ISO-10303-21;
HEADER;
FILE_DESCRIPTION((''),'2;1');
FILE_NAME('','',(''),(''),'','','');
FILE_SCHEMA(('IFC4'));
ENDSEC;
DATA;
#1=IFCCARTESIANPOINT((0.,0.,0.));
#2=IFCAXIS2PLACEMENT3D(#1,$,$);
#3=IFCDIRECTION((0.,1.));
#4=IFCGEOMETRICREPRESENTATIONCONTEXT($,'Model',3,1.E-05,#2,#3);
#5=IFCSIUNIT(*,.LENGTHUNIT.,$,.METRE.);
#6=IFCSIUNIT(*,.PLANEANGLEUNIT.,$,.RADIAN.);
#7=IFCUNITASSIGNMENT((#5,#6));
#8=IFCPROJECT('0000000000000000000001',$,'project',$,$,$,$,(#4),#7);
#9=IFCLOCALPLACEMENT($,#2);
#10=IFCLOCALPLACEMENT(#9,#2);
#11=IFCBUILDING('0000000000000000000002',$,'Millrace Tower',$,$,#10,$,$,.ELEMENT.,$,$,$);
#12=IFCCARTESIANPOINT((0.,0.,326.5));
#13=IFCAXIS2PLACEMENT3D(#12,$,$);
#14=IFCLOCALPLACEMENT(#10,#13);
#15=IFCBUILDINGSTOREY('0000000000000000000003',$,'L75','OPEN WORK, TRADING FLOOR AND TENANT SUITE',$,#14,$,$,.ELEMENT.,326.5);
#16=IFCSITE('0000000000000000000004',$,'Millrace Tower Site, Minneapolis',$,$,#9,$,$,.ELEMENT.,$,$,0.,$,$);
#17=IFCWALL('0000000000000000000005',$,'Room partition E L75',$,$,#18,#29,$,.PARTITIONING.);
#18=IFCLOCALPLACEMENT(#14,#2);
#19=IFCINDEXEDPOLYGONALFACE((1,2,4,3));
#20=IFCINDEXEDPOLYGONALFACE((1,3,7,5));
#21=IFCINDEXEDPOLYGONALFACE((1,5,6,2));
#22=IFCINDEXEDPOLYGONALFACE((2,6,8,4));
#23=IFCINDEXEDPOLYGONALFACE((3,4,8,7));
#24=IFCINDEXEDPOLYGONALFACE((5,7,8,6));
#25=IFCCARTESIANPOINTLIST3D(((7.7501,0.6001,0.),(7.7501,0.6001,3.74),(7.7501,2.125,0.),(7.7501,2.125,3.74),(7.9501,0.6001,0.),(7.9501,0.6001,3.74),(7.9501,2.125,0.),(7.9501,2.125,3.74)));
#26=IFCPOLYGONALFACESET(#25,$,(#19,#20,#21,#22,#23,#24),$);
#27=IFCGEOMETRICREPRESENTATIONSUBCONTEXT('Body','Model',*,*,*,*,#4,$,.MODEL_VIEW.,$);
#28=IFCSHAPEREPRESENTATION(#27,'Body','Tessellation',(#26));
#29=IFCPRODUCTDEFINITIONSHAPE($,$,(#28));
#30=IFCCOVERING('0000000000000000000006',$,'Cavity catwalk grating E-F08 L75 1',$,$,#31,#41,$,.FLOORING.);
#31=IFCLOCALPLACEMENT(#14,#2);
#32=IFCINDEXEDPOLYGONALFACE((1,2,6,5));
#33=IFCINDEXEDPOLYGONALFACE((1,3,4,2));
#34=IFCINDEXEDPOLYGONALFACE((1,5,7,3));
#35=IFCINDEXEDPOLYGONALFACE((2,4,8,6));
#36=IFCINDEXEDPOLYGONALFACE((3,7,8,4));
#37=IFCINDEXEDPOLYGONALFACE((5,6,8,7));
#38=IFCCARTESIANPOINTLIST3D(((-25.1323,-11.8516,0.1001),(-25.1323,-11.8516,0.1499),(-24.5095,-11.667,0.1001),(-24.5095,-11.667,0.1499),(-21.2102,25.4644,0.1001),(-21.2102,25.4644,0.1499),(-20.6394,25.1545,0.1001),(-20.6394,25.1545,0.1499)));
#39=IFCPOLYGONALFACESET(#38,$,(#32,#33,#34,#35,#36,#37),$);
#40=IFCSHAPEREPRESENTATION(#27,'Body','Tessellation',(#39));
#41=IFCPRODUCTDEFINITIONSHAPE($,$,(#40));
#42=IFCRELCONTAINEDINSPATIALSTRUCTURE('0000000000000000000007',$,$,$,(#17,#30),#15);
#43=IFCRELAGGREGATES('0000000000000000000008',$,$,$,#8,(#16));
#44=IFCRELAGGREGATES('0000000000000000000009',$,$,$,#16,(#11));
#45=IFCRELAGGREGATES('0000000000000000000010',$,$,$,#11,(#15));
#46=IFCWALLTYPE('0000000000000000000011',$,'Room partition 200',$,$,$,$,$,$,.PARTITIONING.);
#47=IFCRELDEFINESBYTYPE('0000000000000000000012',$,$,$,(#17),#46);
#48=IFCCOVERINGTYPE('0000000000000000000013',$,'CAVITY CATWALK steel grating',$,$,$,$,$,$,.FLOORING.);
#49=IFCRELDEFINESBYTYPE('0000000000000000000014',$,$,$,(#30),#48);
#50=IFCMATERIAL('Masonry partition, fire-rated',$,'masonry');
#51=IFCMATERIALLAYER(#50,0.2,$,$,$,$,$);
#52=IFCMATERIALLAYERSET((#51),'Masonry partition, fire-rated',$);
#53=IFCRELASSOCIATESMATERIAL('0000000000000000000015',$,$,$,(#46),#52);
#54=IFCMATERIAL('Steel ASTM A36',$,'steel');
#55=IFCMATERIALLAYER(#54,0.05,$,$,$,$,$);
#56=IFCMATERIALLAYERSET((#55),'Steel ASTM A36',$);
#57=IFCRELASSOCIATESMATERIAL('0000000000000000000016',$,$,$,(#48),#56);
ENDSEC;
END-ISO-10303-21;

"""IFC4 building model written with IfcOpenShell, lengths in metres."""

from ifc_helpers import new_model, si_unit, direction, frame, frame_2d, origin, place, context, subcontext, project, spatial, polyline, rectangle, outline, extrude, material, layer, layer_set, type_object, element, save


model = new_model("IFC4")

# Units and contexts
model_context = context("Model", 3, precision=1e-05, world=origin(), true_north=direction((0.0, 1.0)))
body_context = subcontext(model_context, "Body", "Model", "MODEL_VIEW")
ifc_project = project(units=[si_unit("LENGTHUNIT", "METRE"), si_unit("PLANEANGLEUNIT", "RADIAN")], contexts=[model_context])

# Site, building, storey
site_placement = place(None, origin())
site = spatial("IfcSite", under=ifc_project, at=site_placement, Name="Millrace Tower Site, Minneapolis", CompositionType="ELEMENT", RefElevation=0.0)
building_placement = place(site_placement, origin())
building = spatial("IfcBuilding", under=site, at=building_placement, Name="Millrace Tower", CompositionType="ELEMENT")
storey_placement = place(building_placement, frame((0.0, 0.0, 326.5)))
storey = spatial("IfcBuildingStorey", under=building, at=storey_placement, Name="L75", Description="OPEN WORK, TRADING FLOOR AND TENANT SUITE", CompositionType="ELEMENT", Elevation=326.5)

# Shared definitions
ifc_material_1 = material(Name="Masonry partition, fire-rated", Category="masonry")
ifc_layer_1 = layer(ifc_material_1, 0.2)
ifc_layer_set_1 = layer_set([ifc_layer_1], Name="Masonry partition, fire-rated")
wall_type_1 = type_object("IfcWallType", Name="Room partition 200", PredefinedType="PARTITIONING", material=ifc_layer_set_1)

# Wall
wall_1_placement = place(storey_placement, frame((7.8501, 2.125, 0.0), z_axis=(0.0, 0.0, 1.0), x_axis=(0.0, -1.0, 0.0)))
element("IfcWall", 1, at=wall_1_placement, inside=storey, type_object=wall_type_1, Name="Room partition E L75", PredefinedType="PARTITIONING", context=body_context, shape_type="SweptSolid", body=[
    extrude(rectangle(XDim=1.5249, YDim=0.2, at=frame_2d((0.7625, 0.0))), origin(), (0.0, 0.0, 1.0), 3.74),
])

# Covering
ifc_material_2 = material(Name="Steel ASTM A36", Category="steel")
ifc_layer_2 = layer(ifc_material_2, 0.05)
ifc_layer_set_2 = layer_set([ifc_layer_2], Name="Steel ASTM A36")
covering_type = type_object("IfcCoveringType", Name="CAVITY CATWALK steel grating", PredefinedType="FLOORING", material=ifc_layer_set_2)
covering_placement = place(storey_placement, frame((0.0, 0.0, 0.1001)))
element("IfcCovering", 2, at=covering_placement, inside=storey, type_object=covering_type, Name="Cavity catwalk grating E-F08 L75 1", PredefinedType="FLOORING", context=body_context, shape_type="SweptSolid", body=[
    extrude(outline(polyline([(-21.2102, 25.4644), (-25.1323, -11.8516), (-24.5095, -11.667), (-20.6394, 25.1545), (-21.2102, 25.4644)])), origin(), (0.0, 0.0, 1.0), 0.0498),
])

save(model, "model.ifc")
